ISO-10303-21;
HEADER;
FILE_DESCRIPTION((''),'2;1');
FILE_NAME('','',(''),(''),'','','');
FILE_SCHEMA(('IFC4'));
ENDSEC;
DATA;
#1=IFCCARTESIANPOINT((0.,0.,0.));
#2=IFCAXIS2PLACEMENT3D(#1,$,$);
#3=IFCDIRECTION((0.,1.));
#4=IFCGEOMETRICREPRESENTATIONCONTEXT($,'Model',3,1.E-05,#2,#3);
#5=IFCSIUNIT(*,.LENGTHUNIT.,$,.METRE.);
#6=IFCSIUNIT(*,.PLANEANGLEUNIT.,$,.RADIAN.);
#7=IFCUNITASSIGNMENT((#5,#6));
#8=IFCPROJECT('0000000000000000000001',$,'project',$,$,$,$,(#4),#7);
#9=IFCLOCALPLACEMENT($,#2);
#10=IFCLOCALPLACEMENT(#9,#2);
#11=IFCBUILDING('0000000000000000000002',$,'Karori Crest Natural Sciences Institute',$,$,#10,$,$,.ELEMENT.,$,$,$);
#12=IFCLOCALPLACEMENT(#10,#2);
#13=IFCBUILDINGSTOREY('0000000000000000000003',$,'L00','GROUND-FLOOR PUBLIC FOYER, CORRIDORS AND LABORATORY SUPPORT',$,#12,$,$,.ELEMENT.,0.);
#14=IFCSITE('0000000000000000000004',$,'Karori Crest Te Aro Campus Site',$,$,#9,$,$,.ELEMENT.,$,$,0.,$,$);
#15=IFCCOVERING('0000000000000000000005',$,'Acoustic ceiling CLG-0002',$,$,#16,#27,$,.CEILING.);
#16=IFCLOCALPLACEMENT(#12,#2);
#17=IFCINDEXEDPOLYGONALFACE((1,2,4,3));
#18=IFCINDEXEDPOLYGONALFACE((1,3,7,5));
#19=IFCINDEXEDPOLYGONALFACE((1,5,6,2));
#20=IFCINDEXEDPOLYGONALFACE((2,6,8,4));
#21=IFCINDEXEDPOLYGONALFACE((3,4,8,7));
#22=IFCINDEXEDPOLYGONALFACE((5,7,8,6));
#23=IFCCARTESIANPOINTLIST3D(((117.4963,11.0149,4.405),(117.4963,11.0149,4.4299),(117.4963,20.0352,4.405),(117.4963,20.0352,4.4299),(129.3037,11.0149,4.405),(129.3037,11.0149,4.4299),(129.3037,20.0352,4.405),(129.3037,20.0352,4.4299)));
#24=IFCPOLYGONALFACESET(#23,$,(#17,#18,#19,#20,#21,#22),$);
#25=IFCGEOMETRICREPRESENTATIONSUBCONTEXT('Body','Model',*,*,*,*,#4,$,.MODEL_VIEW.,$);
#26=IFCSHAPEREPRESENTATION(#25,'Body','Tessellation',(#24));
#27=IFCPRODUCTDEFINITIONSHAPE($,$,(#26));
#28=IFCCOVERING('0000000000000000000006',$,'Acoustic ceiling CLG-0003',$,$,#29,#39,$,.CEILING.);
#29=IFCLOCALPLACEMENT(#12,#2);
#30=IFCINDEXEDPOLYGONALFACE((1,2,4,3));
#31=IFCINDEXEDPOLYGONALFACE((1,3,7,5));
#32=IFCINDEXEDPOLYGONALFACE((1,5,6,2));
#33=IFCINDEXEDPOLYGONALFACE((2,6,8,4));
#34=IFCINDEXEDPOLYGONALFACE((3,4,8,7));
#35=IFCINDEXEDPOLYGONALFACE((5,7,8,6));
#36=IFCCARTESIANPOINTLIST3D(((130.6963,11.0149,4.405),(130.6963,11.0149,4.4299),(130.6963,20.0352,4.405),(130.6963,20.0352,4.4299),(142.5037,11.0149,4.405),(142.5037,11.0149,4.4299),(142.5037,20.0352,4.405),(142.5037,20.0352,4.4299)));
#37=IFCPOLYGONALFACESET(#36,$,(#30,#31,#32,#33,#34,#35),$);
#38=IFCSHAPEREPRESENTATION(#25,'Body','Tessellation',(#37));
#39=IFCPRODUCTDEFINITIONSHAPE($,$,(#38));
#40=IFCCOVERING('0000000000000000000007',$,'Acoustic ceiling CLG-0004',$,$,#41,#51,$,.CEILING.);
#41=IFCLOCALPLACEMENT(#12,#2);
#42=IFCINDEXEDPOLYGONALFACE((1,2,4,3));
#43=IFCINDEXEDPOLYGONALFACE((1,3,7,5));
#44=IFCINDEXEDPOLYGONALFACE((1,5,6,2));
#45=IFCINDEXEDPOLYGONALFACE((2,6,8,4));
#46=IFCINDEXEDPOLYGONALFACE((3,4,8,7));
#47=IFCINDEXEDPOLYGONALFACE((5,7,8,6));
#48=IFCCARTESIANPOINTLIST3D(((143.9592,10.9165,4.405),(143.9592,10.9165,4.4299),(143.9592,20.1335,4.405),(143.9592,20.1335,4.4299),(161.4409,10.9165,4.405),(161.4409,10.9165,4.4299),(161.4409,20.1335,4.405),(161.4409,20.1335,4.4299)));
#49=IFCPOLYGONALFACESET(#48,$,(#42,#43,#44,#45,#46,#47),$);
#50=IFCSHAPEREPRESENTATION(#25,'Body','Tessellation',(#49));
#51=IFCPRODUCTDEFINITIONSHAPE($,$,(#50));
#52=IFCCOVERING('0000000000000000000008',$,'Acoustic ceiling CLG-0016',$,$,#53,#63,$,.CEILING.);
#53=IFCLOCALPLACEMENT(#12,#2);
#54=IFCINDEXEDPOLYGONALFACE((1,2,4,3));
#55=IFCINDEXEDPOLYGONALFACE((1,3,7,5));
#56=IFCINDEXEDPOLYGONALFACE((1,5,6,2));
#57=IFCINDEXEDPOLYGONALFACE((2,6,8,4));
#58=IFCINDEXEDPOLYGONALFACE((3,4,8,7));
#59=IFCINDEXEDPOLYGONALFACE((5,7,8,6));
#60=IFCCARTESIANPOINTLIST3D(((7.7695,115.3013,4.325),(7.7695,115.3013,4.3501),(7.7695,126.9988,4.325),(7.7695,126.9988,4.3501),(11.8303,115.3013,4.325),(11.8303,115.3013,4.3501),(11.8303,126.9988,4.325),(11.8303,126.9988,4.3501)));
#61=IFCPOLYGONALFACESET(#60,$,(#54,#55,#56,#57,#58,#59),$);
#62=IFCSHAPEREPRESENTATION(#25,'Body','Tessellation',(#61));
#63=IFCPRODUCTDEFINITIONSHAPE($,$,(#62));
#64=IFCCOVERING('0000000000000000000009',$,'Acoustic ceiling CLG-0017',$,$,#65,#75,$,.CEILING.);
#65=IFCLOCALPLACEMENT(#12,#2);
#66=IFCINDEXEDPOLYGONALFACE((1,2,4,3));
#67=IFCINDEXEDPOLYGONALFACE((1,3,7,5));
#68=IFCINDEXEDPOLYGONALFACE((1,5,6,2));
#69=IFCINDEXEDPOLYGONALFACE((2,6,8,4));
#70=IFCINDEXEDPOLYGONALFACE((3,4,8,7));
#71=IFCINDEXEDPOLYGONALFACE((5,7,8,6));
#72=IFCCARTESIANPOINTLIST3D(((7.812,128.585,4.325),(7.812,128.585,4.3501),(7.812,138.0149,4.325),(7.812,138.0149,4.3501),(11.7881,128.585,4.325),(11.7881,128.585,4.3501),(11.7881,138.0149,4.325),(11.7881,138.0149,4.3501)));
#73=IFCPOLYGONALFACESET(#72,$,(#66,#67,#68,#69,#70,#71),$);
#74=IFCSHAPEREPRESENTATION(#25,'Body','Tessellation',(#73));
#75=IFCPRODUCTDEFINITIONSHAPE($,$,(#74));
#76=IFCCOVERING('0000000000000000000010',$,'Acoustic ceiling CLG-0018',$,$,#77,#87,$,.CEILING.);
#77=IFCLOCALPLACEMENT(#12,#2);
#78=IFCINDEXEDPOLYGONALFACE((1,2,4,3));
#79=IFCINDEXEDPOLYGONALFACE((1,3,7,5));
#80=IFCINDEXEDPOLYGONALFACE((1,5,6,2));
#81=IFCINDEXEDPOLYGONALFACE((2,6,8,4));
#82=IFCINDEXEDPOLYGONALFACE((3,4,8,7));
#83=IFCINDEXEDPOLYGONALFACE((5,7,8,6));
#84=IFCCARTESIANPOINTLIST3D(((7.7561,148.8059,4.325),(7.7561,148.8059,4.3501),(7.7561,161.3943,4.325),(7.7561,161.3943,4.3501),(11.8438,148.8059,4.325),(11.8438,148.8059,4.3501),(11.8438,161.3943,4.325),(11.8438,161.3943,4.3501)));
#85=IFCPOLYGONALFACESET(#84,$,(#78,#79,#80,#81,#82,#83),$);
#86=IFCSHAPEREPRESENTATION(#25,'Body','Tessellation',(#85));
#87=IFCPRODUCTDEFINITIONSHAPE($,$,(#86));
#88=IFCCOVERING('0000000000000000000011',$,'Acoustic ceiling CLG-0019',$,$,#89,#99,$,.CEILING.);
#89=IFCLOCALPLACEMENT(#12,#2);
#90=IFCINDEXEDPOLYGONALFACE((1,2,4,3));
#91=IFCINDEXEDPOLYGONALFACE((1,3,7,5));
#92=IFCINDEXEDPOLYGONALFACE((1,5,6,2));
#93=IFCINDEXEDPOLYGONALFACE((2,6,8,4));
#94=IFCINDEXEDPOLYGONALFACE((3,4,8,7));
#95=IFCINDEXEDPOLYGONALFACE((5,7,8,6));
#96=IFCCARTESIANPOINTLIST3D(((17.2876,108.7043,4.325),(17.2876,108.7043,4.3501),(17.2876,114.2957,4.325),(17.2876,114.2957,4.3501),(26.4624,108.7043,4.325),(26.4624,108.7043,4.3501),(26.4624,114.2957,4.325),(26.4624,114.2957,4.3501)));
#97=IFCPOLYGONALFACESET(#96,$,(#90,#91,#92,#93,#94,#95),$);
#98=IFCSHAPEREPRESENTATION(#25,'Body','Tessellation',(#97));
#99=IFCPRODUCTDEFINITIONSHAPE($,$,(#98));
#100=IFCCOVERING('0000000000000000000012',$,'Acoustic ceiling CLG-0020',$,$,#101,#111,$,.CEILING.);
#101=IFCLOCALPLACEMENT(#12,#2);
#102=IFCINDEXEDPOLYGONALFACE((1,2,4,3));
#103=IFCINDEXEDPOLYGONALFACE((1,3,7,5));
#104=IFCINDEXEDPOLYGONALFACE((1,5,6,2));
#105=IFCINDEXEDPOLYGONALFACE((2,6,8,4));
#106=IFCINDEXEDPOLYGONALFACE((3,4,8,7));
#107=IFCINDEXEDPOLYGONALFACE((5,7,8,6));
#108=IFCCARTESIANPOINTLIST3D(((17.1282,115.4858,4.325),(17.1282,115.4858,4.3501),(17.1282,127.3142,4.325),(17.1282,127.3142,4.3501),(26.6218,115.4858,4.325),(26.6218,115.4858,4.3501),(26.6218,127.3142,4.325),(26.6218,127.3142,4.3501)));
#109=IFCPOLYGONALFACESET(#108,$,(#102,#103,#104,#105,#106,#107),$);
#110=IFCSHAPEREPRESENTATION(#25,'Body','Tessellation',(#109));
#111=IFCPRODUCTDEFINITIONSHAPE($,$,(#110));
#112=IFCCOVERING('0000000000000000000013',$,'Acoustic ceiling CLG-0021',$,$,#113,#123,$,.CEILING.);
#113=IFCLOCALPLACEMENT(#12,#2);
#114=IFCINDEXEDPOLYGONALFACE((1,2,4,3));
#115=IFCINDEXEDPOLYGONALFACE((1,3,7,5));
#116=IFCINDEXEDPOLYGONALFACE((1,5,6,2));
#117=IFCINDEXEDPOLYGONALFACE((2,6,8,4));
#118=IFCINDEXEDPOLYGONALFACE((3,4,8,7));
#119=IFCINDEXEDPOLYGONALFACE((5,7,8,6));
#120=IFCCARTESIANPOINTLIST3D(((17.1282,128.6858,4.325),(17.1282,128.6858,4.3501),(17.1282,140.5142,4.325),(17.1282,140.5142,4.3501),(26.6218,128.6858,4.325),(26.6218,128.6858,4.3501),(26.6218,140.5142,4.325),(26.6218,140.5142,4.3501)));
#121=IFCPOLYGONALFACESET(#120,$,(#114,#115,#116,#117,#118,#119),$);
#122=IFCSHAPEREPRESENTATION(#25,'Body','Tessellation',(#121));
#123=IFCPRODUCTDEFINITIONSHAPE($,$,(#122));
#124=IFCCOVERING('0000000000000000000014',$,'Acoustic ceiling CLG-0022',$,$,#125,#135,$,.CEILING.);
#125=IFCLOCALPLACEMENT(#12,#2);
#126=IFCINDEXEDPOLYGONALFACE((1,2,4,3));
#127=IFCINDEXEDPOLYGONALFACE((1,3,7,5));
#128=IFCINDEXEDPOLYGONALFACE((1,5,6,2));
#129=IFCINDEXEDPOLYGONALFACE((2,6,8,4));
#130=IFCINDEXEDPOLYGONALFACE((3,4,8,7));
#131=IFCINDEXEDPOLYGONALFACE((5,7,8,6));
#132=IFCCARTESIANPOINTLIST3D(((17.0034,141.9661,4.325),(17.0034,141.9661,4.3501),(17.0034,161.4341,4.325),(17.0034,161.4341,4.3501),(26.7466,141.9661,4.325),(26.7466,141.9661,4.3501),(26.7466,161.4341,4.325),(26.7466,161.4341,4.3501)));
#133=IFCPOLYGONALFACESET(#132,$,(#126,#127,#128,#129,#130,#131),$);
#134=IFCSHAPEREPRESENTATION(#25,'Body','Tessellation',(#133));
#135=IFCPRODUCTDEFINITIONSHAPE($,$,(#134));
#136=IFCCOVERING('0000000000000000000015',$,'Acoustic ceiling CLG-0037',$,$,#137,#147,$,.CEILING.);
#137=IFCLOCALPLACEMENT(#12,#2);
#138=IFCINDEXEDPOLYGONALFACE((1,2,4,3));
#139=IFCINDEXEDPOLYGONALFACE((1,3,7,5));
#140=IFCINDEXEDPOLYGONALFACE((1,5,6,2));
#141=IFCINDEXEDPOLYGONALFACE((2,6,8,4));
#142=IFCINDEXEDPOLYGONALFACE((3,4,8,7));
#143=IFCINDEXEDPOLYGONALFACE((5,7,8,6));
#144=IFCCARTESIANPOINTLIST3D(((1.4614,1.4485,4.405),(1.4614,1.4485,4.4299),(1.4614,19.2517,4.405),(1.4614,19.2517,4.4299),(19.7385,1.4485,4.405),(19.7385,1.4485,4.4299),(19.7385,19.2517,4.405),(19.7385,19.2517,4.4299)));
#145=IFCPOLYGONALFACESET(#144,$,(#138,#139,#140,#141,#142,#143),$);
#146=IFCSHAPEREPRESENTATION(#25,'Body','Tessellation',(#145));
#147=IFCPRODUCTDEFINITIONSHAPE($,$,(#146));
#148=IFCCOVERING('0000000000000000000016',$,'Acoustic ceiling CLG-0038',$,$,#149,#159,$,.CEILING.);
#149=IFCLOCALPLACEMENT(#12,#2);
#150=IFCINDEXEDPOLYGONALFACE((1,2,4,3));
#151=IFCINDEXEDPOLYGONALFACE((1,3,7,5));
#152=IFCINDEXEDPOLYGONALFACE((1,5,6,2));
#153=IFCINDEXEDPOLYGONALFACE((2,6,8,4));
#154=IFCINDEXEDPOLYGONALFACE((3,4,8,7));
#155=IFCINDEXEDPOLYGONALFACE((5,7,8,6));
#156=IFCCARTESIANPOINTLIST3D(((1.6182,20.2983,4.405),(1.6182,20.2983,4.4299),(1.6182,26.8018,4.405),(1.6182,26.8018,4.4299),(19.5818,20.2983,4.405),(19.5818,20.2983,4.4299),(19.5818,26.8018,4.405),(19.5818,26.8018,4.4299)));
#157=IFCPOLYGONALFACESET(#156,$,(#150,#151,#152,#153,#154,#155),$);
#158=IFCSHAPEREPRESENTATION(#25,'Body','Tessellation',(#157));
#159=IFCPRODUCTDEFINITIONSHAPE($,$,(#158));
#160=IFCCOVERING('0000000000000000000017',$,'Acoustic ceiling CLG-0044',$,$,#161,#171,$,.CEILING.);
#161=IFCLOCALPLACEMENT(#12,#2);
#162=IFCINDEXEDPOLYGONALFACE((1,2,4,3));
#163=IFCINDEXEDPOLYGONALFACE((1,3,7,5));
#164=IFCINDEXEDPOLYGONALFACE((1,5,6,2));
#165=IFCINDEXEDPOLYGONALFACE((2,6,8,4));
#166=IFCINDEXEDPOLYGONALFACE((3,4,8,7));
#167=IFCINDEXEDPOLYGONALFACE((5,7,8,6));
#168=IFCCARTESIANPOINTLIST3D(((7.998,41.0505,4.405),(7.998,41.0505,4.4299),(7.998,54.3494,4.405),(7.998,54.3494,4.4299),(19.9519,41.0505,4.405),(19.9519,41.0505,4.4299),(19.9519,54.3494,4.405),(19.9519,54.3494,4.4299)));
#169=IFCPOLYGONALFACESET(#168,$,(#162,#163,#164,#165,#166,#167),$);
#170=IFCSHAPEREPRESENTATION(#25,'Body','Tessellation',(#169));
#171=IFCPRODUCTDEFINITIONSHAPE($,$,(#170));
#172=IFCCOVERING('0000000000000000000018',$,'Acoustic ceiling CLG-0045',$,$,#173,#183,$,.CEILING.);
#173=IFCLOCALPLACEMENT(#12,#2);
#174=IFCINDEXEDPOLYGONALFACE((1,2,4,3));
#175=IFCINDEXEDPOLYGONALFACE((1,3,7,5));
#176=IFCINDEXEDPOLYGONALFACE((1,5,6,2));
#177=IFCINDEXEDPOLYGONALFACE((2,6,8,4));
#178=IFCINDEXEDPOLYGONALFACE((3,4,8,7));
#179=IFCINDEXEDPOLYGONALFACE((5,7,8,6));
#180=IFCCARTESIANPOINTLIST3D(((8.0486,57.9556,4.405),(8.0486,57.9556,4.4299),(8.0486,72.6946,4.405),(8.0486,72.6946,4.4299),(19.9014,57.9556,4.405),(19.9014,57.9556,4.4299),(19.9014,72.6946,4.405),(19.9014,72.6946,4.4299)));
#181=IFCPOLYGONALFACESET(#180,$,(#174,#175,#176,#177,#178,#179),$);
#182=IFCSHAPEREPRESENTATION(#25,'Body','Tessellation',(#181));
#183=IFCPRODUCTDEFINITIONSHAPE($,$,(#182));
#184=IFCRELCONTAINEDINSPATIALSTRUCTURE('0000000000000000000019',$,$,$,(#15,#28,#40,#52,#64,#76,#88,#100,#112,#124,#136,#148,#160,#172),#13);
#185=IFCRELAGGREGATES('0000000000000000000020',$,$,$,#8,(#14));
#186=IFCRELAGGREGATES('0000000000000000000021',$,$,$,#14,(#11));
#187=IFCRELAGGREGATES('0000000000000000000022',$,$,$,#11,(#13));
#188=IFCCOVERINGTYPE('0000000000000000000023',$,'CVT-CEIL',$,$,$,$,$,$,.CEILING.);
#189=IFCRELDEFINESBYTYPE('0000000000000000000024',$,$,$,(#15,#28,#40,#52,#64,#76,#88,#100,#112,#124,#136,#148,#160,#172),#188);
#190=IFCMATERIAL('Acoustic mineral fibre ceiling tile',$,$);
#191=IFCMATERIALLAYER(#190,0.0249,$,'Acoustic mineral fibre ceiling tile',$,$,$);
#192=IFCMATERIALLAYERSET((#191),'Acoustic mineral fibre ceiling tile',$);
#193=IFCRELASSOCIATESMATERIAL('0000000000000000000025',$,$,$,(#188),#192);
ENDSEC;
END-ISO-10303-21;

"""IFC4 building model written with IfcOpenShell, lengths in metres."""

from ifc_helpers import new_model, si_unit, direction, frame, origin, place, context, subcontext, project, spatial, polyline, outline, extrude, material, layer, layer_set, type_object, element, save


model = new_model("IFC4")

# Units and contexts
model_context = context("Model", 3, precision=1e-05, world=origin(), true_north=direction((0.0, 1.0)))
body_context = subcontext(model_context, "Body", "Model", "MODEL_VIEW")
ifc_project = project(units=[si_unit("LENGTHUNIT", "METRE"), si_unit("PLANEANGLEUNIT", "RADIAN")], contexts=[model_context])

# Site, building, storey
site_placement = place(None, origin())
site = spatial("IfcSite", under=ifc_project, at=site_placement, Name="Karori Crest Te Aro Campus Site", CompositionType="ELEMENT", RefElevation=0.0)
building_placement = place(site_placement, origin())
building = spatial("IfcBuilding", under=site, at=building_placement, Name="Karori Crest Natural Sciences Institute", CompositionType="ELEMENT")
storey_placement = place(building_placement, origin())
storey = spatial("IfcBuildingStorey", under=building, at=storey_placement, Name="L00", Description="GROUND-FLOOR PUBLIC FOYER, CORRIDORS AND LABORATORY SUPPORT", CompositionType="ELEMENT", Elevation=0.0)

# Coverings
ifc_material_1 = material(Name="Acoustic mineral fibre ceiling tile")
ifc_layer_1 = layer(ifc_material_1, 0.0249, Name="Acoustic mineral fibre ceiling tile")
ifc_layer_set_1 = layer_set([ifc_layer_1], Name="Acoustic mineral fibre ceiling tile")
covering_type = type_object("IfcCoveringType", Name="CVT-CEIL", PredefinedType="CEILING", material=ifc_layer_set_1)
covering_1_placement = place(storey_placement, frame((0.0, 0.0, 4.405)))
element("IfcCovering", 1, at=covering_1_placement, inside=storey, type_object=covering_type, Name="Acoustic ceiling CLG-0002", PredefinedType="CEILING", context=body_context, shape_type="SweptSolid", body=[
    extrude(outline(polyline([(117.4963, 20.0352), (117.4963, 11.0149), (129.3037, 11.0149), (129.3037, 20.0352), (117.4963, 20.0352)])), origin(), (0.0, 0.0, 1.0), 0.0249),
])
covering_2_placement = place(storey_placement, frame((0.0, 0.0, 4.405)))
element("IfcCovering", 2, at=covering_2_placement, inside=storey, type_object=covering_type, Name="Acoustic ceiling CLG-0003", PredefinedType="CEILING", context=body_context, shape_type="SweptSolid", body=[
    extrude(outline(polyline([(130.6963, 20.0352), (130.6963, 11.0149), (142.5037, 11.0149), (142.5037, 20.0352), (130.6963, 20.0352)])), origin(), (0.0, 0.0, 1.0), 0.0249),
])
covering_3_placement = place(storey_placement, frame((0.0, 0.0, 4.405)))
element("IfcCovering", 3, at=covering_3_placement, inside=storey, type_object=covering_type, Name="Acoustic ceiling CLG-0004", PredefinedType="CEILING", context=body_context, shape_type="SweptSolid", body=[
    extrude(outline(polyline([(143.9592, 20.1335), (143.9592, 10.9165), (161.4409, 10.9165), (161.4409, 20.1335), (143.9592, 20.1335)])), origin(), (0.0, 0.0, 1.0), 0.0249),
])
covering_4_placement = place(storey_placement, frame((0.0, 0.0, 4.325)))
element("IfcCovering", 4, at=covering_4_placement, inside=storey, type_object=covering_type, Name="Acoustic ceiling CLG-0016", PredefinedType="CEILING", context=body_context, shape_type="SweptSolid", body=[
    extrude(outline(polyline([(7.7695, 126.9988), (7.7695, 115.3013), (11.8303, 115.3013), (11.8303, 126.9988), (7.7695, 126.9988)])), origin(), (0.0, 0.0, 1.0), 0.0251),
])
covering_5_placement = place(storey_placement, frame((0.0, 0.0, 4.325)))
element("IfcCovering", 5, at=covering_5_placement, inside=storey, type_object=covering_type, Name="Acoustic ceiling CLG-0017", PredefinedType="CEILING", context=body_context, shape_type="SweptSolid", body=[
    extrude(outline(polyline([(7.812, 138.0149), (7.812, 128.585), (11.7881, 128.585), (11.7881, 138.0149), (7.812, 138.0149)])), origin(), (0.0, 0.0, 1.0), 0.0251),
])
covering_6_placement = place(storey_placement, frame((0.0, 0.0, 4.325)))
element("IfcCovering", 6, at=covering_6_placement, inside=storey, type_object=covering_type, Name="Acoustic ceiling CLG-0018", PredefinedType="CEILING", context=body_context, shape_type="SweptSolid", body=[
    extrude(outline(polyline([(7.7561, 161.3943), (7.7561, 148.8059), (11.8438, 148.8059), (11.8438, 161.3943), (7.7561, 161.3943)])), origin(), (0.0, 0.0, 1.0), 0.0251),
])
covering_7_placement = place(storey_placement, frame((0.0, 0.0, 4.325)))
element("IfcCovering", 7, at=covering_7_placement, inside=storey, type_object=covering_type, Name="Acoustic ceiling CLG-0019", PredefinedType="CEILING", context=body_context, shape_type="SweptSolid", body=[
    extrude(outline(polyline([(17.2876, 114.2957), (17.2876, 108.7043), (26.4624, 108.7043), (26.4624, 114.2957), (17.2876, 114.2957)])), origin(), (0.0, 0.0, 1.0), 0.0251),
])
covering_8_placement = place(storey_placement, frame((0.0, 0.0, 4.325)))
element("IfcCovering", 8, at=covering_8_placement, inside=storey, type_object=covering_type, Name="Acoustic ceiling CLG-0020", PredefinedType="CEILING", context=body_context, shape_type="SweptSolid", body=[
    extrude(outline(polyline([(17.1282, 127.3142), (17.1282, 115.4858), (26.6218, 115.4858), (26.6218, 127.3142), (17.1282, 127.3142)])), origin(), (0.0, 0.0, 1.0), 0.0251),
])
covering_9_placement = place(storey_placement, frame((0.0, 0.0, 4.325)))
element("IfcCovering", 9, at=covering_9_placement, inside=storey, type_object=covering_type, Name="Acoustic ceiling CLG-0021", PredefinedType="CEILING", context=body_context, shape_type="SweptSolid", body=[
    extrude(outline(polyline([(17.1282, 140.5142), (17.1282, 128.6858), (26.6218, 128.6858), (26.6218, 140.5142), (17.1282, 140.5142)])), origin(), (0.0, 0.0, 1.0), 0.0251),
])
covering_10_placement = place(storey_placement, frame((0.0, 0.0, 4.325)))
element("IfcCovering", 10, at=covering_10_placement, inside=storey, type_object=covering_type, Name="Acoustic ceiling CLG-0022", PredefinedType="CEILING", context=body_context, shape_type="SweptSolid", body=[
    extrude(outline(polyline([(17.0034, 161.4341), (17.0034, 141.9661), (26.7466, 141.9661), (26.7466, 161.4341), (17.0034, 161.4341)])), origin(), (0.0, 0.0, 1.0), 0.0251),
])
covering_11_placement = place(storey_placement, frame((0.0, 0.0, 4.405)))
element("IfcCovering", 11, at=covering_11_placement, inside=storey, type_object=covering_type, Name="Acoustic ceiling CLG-0037", PredefinedType="CEILING", context=body_context, shape_type="SweptSolid", body=[
    extrude(outline(polyline([(1.4614, 19.2517), (1.4614, 1.4485), (19.7385, 1.4485), (19.7385, 19.2517), (1.4614, 19.2517)])), origin(), (0.0, 0.0, 1.0), 0.0249),
])
covering_12_placement = place(storey_placement, frame((0.0, 0.0, 4.405)))
element("IfcCovering", 12, at=covering_12_placement, inside=storey, type_object=covering_type, Name="Acoustic ceiling CLG-0038", PredefinedType="CEILING", context=body_context, shape_type="SweptSolid", body=[
    extrude(outline(polyline([(1.6182, 26.8018), (1.6182, 20.2983), (19.5818, 20.2983), (19.5818, 26.8018), (1.6182, 26.8018)])), origin(), (0.0, 0.0, 1.0), 0.0249),
])
covering_13_placement = place(storey_placement, frame((0.0, 0.0, 4.405)))
element("IfcCovering", 13, at=covering_13_placement, inside=storey, type_object=covering_type, Name="Acoustic ceiling CLG-0044", PredefinedType="CEILING", context=body_context, shape_type="SweptSolid", body=[
    extrude(outline(polyline([(7.998, 54.3494), (7.998, 41.0505), (19.9519, 41.0505), (19.9519, 54.3494), (7.998, 54.3494)])), origin(), (0.0, 0.0, 1.0), 0.0249),
])
covering_14_placement = place(storey_placement, frame((0.0, 0.0, 4.405)))
element("IfcCovering", 14, at=covering_14_placement, inside=storey, type_object=covering_type, Name="Acoustic ceiling CLG-0045", PredefinedType="CEILING", context=body_context, shape_type="SweptSolid", body=[
    extrude(outline(polyline([(8.0486, 72.6946), (8.0486, 57.9556), (19.9014, 57.9556), (19.9014, 72.6946), (8.0486, 72.6946)])), origin(), (0.0, 0.0, 1.0), 0.0249),
])

save(model, "model.ifc")
